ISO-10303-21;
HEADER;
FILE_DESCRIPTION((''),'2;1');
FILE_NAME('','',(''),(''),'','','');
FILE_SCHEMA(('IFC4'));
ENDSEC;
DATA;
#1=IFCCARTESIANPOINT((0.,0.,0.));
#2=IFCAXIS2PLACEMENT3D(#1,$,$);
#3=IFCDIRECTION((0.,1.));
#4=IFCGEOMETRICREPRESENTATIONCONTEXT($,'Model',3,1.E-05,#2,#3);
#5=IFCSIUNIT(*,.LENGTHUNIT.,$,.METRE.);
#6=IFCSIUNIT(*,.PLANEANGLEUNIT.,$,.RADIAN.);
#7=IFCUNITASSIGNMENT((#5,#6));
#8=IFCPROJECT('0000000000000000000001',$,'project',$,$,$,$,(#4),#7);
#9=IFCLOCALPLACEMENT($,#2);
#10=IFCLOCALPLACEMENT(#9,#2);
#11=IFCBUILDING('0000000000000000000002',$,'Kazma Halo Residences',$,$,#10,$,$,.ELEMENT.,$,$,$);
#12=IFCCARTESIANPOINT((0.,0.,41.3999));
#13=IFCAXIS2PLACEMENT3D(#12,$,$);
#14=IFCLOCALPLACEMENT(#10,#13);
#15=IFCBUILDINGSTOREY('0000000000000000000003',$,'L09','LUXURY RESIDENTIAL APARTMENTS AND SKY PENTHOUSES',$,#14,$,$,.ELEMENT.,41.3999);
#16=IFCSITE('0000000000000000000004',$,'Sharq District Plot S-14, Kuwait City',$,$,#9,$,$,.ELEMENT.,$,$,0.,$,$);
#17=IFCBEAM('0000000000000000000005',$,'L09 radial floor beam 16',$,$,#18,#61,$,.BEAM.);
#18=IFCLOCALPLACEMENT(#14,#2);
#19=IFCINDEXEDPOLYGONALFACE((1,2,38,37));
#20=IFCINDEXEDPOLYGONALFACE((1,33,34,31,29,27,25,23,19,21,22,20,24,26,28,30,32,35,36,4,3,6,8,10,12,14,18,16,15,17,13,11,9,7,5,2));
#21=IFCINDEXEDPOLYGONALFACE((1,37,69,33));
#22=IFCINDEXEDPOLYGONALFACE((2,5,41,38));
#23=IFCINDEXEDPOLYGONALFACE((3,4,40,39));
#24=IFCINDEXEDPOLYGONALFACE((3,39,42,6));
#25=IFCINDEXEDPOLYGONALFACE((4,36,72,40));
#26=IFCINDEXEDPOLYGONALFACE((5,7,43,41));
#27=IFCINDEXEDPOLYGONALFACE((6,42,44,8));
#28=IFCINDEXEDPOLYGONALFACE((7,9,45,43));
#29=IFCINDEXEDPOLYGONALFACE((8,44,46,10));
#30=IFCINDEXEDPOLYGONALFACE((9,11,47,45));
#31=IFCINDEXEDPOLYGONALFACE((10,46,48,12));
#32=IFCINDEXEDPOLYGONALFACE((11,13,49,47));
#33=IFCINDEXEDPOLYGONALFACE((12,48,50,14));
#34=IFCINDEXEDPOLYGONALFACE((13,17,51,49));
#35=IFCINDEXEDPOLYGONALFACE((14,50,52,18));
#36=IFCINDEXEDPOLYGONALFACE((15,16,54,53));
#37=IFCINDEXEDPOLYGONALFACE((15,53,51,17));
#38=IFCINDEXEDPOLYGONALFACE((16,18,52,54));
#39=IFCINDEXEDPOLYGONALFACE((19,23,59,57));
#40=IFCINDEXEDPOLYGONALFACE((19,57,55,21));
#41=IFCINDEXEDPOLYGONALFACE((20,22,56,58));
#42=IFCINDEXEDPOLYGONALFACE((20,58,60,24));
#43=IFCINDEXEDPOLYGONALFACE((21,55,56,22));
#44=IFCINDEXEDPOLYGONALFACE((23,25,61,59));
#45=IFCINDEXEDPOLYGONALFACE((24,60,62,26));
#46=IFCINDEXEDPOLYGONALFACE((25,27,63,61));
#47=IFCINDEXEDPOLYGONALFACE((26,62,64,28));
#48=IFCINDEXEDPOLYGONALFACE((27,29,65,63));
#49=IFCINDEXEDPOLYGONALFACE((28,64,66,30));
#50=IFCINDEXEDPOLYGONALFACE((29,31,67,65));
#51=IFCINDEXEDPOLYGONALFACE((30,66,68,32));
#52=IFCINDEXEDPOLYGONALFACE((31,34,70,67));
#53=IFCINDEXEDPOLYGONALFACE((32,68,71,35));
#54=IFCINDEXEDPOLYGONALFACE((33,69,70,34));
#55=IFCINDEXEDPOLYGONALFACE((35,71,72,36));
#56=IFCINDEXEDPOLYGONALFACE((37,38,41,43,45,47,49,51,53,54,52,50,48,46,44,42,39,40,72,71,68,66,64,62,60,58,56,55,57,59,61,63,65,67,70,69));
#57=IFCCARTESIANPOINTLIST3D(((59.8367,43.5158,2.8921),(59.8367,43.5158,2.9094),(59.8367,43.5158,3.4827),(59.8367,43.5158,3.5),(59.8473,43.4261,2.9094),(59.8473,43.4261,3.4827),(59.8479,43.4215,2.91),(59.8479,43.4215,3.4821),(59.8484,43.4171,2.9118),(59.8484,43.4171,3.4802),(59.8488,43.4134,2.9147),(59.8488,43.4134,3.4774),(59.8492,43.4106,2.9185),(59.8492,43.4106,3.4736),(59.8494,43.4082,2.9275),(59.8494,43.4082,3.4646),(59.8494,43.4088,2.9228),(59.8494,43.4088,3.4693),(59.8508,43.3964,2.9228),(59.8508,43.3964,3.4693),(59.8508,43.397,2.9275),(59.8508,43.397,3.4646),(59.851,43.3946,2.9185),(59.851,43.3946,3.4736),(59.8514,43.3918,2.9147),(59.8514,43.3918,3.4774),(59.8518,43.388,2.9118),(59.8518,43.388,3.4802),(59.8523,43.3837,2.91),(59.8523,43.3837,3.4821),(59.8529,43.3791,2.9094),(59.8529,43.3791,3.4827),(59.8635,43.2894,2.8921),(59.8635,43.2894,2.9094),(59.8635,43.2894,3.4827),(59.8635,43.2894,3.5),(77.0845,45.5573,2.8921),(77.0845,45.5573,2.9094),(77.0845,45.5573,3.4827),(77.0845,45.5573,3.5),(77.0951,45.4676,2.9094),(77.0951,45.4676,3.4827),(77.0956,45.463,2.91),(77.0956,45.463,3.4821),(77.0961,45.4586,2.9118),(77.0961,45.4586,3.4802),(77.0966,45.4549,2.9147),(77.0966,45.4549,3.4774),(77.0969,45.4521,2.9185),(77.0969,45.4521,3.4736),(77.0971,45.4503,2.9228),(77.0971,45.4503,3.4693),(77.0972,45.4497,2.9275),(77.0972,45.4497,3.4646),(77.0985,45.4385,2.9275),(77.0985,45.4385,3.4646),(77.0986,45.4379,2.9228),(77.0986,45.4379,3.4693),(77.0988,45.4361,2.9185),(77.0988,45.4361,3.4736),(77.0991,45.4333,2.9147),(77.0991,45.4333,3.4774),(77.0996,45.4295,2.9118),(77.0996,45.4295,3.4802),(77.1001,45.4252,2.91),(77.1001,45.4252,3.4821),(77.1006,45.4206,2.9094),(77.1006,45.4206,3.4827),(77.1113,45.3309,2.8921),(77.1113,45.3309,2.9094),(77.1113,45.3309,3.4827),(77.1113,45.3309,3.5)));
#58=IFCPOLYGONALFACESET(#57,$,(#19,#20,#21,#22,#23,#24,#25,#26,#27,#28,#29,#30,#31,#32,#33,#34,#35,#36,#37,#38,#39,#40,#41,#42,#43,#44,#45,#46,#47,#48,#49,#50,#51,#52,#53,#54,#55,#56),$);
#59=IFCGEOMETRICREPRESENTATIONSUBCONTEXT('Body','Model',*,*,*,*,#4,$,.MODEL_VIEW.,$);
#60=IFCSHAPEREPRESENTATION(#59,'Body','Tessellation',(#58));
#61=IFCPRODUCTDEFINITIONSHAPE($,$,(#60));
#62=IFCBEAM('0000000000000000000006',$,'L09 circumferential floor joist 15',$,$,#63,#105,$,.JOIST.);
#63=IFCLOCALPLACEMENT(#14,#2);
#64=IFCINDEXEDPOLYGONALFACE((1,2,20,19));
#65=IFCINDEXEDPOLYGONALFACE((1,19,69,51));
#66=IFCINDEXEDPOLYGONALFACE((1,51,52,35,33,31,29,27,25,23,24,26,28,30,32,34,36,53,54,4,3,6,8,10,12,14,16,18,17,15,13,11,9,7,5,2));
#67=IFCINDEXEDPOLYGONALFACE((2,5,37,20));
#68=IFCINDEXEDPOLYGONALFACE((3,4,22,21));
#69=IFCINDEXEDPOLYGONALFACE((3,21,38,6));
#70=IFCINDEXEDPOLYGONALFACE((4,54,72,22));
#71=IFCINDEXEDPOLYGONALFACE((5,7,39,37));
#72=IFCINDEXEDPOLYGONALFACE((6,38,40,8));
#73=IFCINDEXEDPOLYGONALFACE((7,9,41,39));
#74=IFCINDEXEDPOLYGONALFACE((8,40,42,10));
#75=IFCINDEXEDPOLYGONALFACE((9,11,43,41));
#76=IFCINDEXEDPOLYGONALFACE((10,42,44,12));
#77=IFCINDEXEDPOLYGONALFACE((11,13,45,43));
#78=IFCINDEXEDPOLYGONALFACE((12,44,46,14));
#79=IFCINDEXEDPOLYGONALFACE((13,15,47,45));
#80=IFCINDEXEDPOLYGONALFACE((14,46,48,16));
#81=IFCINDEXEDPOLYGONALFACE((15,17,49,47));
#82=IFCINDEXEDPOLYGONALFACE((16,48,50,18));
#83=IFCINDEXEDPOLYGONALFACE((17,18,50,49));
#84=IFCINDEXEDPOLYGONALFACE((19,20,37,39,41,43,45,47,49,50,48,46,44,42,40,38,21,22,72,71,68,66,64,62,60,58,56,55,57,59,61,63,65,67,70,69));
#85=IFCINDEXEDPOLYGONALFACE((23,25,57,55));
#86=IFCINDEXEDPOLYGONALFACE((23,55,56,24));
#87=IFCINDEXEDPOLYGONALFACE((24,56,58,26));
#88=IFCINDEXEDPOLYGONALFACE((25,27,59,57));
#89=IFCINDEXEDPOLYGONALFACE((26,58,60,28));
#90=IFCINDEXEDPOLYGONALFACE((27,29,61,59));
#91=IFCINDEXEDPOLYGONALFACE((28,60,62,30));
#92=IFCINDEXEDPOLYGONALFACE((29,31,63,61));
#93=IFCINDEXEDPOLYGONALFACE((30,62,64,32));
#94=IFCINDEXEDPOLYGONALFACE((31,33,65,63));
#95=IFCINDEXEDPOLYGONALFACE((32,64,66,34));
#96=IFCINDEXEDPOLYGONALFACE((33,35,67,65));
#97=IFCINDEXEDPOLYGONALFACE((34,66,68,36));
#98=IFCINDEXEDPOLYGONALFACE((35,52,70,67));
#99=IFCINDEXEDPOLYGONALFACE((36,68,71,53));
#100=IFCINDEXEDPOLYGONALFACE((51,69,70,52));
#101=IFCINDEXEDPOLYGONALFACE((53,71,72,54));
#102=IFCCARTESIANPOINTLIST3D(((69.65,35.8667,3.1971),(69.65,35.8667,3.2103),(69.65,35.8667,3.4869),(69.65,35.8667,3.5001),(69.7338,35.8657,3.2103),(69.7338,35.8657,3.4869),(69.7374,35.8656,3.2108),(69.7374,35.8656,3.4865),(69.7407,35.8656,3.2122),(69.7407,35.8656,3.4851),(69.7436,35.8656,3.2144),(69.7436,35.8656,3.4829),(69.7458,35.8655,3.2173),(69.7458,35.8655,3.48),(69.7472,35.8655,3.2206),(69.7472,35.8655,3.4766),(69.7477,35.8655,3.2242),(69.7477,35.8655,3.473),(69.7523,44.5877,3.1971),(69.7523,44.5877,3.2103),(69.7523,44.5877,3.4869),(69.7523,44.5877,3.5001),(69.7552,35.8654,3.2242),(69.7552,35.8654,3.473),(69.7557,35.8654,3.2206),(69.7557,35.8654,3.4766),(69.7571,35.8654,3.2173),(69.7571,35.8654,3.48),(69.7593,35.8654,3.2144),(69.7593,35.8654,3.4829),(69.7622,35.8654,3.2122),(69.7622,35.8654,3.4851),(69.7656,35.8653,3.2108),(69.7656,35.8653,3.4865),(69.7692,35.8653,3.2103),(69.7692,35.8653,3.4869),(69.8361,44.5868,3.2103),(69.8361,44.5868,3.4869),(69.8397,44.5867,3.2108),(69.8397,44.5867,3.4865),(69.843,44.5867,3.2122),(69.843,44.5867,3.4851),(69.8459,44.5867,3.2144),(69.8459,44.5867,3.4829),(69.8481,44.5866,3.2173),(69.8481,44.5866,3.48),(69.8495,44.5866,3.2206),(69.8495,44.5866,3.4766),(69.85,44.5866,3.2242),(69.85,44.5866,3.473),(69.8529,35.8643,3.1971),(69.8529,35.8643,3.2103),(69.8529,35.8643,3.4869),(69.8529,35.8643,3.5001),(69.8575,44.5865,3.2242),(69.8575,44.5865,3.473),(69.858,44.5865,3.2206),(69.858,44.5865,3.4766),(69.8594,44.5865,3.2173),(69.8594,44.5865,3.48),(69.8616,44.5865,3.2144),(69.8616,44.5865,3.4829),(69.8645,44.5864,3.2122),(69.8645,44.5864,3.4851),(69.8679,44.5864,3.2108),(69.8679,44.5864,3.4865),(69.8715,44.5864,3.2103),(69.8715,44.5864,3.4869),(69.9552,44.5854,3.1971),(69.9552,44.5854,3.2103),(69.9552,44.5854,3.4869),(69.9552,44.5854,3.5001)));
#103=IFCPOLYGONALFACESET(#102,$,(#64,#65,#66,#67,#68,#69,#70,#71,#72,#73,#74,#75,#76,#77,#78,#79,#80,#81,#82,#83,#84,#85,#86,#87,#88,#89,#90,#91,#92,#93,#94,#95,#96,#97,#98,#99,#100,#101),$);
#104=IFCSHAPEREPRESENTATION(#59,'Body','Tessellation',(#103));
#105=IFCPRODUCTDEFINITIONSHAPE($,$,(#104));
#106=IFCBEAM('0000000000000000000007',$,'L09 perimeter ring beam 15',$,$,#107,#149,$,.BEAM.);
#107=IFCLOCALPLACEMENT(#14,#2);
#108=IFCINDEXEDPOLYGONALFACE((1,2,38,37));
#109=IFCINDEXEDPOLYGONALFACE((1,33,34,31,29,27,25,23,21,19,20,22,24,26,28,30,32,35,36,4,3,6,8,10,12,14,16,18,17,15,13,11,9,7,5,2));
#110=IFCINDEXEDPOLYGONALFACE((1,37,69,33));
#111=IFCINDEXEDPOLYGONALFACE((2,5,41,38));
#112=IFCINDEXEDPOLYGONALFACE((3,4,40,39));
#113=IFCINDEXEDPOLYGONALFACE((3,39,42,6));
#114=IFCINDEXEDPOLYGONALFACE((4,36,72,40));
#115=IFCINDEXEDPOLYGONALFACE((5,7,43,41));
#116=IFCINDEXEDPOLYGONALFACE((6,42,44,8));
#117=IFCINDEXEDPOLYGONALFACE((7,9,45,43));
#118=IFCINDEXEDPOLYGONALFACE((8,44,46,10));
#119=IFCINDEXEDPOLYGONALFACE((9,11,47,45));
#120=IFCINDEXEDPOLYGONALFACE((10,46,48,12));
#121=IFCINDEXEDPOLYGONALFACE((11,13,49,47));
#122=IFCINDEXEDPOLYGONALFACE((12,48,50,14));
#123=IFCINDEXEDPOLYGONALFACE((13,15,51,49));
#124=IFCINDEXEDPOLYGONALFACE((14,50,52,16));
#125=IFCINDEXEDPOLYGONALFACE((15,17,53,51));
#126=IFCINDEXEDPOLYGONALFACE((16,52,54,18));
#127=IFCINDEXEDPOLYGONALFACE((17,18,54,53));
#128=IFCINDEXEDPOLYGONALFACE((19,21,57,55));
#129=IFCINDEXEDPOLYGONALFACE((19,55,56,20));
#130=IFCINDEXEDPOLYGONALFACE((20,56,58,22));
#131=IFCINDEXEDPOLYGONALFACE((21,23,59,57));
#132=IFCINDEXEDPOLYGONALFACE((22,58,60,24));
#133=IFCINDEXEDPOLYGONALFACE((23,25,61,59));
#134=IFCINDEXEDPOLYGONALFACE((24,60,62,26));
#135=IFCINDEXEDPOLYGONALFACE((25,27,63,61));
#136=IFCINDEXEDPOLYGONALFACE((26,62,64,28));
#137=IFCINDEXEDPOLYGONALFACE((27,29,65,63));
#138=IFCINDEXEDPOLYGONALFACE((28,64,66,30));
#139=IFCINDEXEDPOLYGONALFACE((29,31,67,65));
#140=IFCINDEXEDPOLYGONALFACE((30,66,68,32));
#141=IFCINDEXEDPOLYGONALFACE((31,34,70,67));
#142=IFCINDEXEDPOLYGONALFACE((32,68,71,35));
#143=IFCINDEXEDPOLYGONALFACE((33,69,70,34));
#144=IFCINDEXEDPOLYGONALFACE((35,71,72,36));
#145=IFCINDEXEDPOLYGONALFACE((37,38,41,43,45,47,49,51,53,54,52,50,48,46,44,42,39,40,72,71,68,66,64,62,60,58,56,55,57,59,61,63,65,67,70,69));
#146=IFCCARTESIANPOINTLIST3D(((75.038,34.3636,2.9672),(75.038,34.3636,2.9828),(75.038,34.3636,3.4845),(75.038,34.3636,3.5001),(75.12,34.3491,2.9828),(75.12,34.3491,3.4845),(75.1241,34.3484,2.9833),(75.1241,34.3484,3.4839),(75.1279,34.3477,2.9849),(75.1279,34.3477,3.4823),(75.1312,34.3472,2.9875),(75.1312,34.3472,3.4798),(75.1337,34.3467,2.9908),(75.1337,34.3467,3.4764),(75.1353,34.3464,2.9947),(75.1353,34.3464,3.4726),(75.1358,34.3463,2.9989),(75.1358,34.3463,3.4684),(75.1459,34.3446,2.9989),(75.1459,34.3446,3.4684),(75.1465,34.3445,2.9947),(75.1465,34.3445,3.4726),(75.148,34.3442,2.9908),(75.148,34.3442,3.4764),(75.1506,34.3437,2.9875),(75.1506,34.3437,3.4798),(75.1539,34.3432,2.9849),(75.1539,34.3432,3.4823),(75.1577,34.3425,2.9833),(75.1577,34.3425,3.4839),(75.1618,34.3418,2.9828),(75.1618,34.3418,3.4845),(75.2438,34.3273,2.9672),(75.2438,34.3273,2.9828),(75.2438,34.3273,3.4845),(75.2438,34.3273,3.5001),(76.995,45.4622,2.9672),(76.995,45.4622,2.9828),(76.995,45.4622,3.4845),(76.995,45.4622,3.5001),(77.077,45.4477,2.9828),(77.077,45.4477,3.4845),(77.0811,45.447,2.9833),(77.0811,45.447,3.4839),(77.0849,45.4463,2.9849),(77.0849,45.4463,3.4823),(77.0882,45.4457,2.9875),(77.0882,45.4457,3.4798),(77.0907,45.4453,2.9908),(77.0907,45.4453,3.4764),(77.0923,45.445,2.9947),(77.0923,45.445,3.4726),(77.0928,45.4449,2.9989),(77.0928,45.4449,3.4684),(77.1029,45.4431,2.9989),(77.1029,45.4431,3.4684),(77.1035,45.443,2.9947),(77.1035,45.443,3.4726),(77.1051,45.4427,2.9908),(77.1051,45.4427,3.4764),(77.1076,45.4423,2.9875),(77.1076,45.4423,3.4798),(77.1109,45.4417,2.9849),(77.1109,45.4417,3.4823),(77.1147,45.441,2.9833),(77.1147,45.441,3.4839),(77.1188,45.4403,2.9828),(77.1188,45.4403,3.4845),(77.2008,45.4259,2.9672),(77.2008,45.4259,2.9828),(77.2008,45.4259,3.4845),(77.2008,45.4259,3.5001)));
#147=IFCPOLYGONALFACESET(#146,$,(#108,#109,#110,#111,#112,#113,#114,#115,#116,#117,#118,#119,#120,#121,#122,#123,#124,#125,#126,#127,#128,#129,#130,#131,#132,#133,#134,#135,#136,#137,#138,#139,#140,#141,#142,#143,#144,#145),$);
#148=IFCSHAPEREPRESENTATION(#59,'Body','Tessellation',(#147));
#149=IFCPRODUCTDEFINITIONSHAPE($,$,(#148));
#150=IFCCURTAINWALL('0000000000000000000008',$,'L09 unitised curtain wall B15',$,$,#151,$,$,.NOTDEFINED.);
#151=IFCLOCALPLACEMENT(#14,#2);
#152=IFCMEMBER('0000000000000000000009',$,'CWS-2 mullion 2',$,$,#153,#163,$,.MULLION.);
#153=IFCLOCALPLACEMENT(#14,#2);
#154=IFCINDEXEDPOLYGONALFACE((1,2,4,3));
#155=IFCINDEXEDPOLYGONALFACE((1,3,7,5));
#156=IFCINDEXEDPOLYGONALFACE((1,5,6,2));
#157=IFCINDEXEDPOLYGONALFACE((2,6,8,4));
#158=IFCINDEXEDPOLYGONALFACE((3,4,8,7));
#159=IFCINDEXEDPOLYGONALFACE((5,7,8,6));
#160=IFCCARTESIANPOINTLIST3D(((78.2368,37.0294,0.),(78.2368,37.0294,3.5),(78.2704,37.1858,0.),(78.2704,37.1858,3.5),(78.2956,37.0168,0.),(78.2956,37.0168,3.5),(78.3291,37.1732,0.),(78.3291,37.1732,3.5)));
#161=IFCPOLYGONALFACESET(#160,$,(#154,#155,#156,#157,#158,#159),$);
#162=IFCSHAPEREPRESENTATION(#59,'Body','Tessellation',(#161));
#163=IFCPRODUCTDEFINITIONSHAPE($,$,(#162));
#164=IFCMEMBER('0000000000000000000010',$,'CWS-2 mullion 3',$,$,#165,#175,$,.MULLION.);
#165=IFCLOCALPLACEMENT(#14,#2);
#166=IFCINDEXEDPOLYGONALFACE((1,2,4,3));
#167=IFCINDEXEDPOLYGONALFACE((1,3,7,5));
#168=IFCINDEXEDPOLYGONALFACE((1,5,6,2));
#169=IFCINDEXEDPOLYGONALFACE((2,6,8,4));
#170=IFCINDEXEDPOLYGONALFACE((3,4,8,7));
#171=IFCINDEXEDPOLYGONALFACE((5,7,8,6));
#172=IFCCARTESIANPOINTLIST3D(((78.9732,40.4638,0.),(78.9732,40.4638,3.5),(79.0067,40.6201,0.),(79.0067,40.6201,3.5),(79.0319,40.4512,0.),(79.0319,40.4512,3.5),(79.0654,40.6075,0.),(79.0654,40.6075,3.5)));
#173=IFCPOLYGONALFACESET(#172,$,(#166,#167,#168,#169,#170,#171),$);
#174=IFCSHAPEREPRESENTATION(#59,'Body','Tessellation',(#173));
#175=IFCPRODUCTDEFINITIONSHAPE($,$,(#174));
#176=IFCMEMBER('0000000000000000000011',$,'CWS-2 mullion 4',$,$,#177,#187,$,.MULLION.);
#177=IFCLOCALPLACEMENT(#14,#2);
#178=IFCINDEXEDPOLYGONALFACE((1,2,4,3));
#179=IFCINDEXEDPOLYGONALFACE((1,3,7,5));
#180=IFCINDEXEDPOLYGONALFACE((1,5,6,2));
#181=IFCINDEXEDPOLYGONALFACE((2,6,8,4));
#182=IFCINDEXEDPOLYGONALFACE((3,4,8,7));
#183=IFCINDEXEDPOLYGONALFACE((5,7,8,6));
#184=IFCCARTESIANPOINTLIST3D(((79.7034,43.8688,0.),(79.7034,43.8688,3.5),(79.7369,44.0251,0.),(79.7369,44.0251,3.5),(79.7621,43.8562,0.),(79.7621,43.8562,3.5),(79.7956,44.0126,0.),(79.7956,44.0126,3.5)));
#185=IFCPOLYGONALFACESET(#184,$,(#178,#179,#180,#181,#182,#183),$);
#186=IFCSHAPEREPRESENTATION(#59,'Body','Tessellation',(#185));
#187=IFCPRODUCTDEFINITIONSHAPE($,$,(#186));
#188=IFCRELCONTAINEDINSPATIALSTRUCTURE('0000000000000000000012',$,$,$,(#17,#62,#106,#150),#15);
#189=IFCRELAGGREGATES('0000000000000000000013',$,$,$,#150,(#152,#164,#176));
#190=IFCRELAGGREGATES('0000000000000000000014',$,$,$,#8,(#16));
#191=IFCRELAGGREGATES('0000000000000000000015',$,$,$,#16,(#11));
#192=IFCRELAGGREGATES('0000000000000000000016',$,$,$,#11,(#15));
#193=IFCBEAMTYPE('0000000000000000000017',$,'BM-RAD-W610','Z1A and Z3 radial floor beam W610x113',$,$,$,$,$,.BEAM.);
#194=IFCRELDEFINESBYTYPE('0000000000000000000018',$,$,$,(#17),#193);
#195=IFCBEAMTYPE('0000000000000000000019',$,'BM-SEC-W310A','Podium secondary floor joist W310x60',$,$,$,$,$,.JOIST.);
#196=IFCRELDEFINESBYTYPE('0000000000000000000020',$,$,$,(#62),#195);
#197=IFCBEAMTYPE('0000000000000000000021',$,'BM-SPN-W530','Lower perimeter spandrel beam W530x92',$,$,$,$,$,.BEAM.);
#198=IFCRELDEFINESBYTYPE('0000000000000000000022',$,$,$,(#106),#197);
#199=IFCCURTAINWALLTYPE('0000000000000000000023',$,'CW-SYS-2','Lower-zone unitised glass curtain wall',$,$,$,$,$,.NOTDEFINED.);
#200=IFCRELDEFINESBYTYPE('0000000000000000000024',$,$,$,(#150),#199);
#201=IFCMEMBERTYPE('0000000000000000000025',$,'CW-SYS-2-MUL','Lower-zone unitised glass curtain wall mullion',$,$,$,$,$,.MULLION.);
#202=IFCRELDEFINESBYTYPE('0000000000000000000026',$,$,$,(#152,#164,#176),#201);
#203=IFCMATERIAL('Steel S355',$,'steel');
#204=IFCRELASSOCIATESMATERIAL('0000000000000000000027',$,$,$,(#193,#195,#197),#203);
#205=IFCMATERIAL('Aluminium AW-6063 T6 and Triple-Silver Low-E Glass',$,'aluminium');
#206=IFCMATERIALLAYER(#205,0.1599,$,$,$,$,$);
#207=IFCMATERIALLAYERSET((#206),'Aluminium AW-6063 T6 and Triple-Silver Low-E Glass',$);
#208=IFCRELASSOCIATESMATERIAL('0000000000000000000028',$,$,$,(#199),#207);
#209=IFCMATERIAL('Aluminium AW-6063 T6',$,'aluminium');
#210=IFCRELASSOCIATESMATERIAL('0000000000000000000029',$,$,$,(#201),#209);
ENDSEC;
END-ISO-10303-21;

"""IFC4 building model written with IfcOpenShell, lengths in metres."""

from ifc_helpers import new_model, si_unit, direction, frame, origin, origin_2d, place, context, subcontext, project, spatial, rectangle, i_section, extrude, material, layer, layer_set, material_profile, profile_set, type_object, element, aggregate, save


model = new_model("IFC4")

# Units and contexts
model_context = context("Model", 3, precision=1e-05, world=origin(), true_north=direction((0.0, 1.0)))
body_context = subcontext(model_context, "Body", "Model", "MODEL_VIEW")
ifc_project = project(units=[si_unit("LENGTHUNIT", "METRE"), si_unit("PLANEANGLEUNIT", "RADIAN")], contexts=[model_context])

# Site, building, storey
site_placement = place(None, origin())
site = spatial("IfcSite", under=ifc_project, at=site_placement, Name="Sharq District Plot S-14, Kuwait City", CompositionType="ELEMENT", RefElevation=0.0)
building_placement = place(site_placement, origin())
building = spatial("IfcBuilding", under=site, at=building_placement, Name="Kazma Halo Residences", CompositionType="ELEMENT")
storey_placement = place(building_placement, frame((0.0, 0.0, 41.3999)))
storey = spatial("IfcBuildingStorey", under=building, at=storey_placement, Name="L09", Description="LUXURY RESIDENTIAL APARTMENTS AND SKY PENTHOUSES", CompositionType="ELEMENT", Elevation=41.3999)

# Beams
ifc_material_1 = material(Name="Steel S355", Category="steel")
ifc_material_profile_1 = material_profile(ifc_material_1, i_section(OverallWidth=0.228, OverallDepth=0.6079, WebThickness=0.0112, FlangeThickness=0.0173, FilletRadius=0.0181, at=origin_2d()), Name="W610x113")
ifc_profile_set_1 = profile_set([ifc_material_profile_1], Name="Steel S355")
beam_type_1 = type_object("IfcBeamType", Name="BM-RAD-W610", Description="Z1A and Z3 radial floor beam W610x113", PredefinedType="BEAM", material=ifc_profile_set_1)
beam_1_placement = place(storey_placement, frame((59.8501, 43.4026, 3.196), z_axis=(0.993068, 0.117543, 0.0), x_axis=(-0.117543, 0.993068, 0.0)))
element("IfcBeam", 1, at=beam_1_placement, inside=storey, type_object=beam_type_1, Name="L09 radial floor beam 16", PredefinedType="BEAM", context=body_context, shape_type="SweptSolid", body=[
    extrude(i_section(OverallWidth=0.228, OverallDepth=0.6079, WebThickness=0.0112, FlangeThickness=0.0173, FilletRadius=0.0181, at=origin_2d()), origin(), (0.0, 0.0, 1.0), 17.3682),
])
ifc_material_profile_2 = material_profile(ifc_material_1, i_section(OverallWidth=0.2029, OverallDepth=0.303, WebThickness=0.0076, FlangeThickness=0.0132, FilletRadius=0.0139, at=origin_2d()), Name="W310x60")
ifc_profile_set_2 = profile_set([ifc_material_profile_2], Name="Steel S355")
beam_type_2 = type_object("IfcBeamType", Name="BM-SEC-W310A", Description="Podium secondary floor joist W310x60", PredefinedType="JOIST", material=ifc_profile_set_2)
beam_2_placement = place(storey_placement, frame((69.7515, 35.8655, 3.3486), z_axis=(0.011729, 0.999931, 0.0), x_axis=(-0.999931, 0.011729, 0.0)))
element("IfcBeam", 2, at=beam_2_placement, inside=storey, type_object=beam_type_2, Name="L09 circumferential floor joist 15", PredefinedType="JOIST", context=body_context, shape_type="SweptSolid", body=[
    extrude(i_section(OverallWidth=0.2029, OverallDepth=0.303, WebThickness=0.0076, FlangeThickness=0.0132, FilletRadius=0.0139, at=origin_2d()), origin(), (0.0, 0.0, 1.0), 8.7217),
])
ifc_material_profile_3 = material_profile(ifc_material_1, i_section(OverallWidth=0.209, OverallDepth=0.533, WebThickness=0.0103, FlangeThickness=0.0156, FilletRadius=0.0161, at=origin_2d()), Name="W530x92")
ifc_profile_set_3 = profile_set([ifc_material_profile_3], Name="Steel S355")
beam_type_3 = type_object("IfcBeamType", Name="BM-SPN-W530", Description="Lower perimeter spandrel beam W530x92", PredefinedType="BEAM", material=ifc_profile_set_3)
beam_3_placement = place(storey_placement, frame((75.1409, 34.3455, 3.2336), z_axis=(0.173652, 0.984807, 0.0), x_axis=(-0.984807, 0.173652, 0.0)))
element("IfcBeam", 3, at=beam_3_placement, inside=storey, type_object=beam_type_3, Name="L09 perimeter ring beam 15", PredefinedType="BEAM", context=body_context, shape_type="SweptSolid", body=[
    extrude(i_section(OverallWidth=0.209, OverallDepth=0.533, WebThickness=0.0103, FlangeThickness=0.0156, FilletRadius=0.0161, at=origin_2d()), origin(), (0.0, 0.0, 1.0), 11.2698),
])

# Curtain wall, members
ifc_material_2 = material(Name="Aluminium AW-6063 T6 and Triple-Silver Low-E Glass", Category="aluminium")
ifc_layer_1 = layer(ifc_material_2, 0.1599)
ifc_layer_set_1 = layer_set([ifc_layer_1], Name="Aluminium AW-6063 T6 and Triple-Silver Low-E Glass")
curtain_wall_type = type_object("IfcCurtainWallType", Name="CW-SYS-2", Description="Lower-zone unitised glass curtain wall", PredefinedType="NOTDEFINED", material=ifc_layer_set_1)
curtain_wall_placement = place(storey_placement, origin())
curtain_wall = element("IfcCurtainWall", 4, at=curtain_wall_placement, inside=storey, type_object=curtain_wall_type, Name="L09 unitised curtain wall B15", PredefinedType="NOTDEFINED")
ifc_material_3 = material(Name="Aluminium AW-6063 T6", Category="aluminium")
ifc_material_profile_4 = material_profile(ifc_material_3, rectangle(XDim=0.0601, YDim=0.1599, at=origin_2d()), Name="CWM-60x160")
ifc_profile_set_4 = profile_set([ifc_material_profile_4], Name="Aluminium AW-6063 T6")
member_type_1 = type_object("IfcMemberType", Name="CW-SYS-2-MUL", Description="Lower-zone unitised glass curtain wall mullion", PredefinedType="MULLION", material=ifc_profile_set_4)
member_1_placement = place(storey_placement, frame((78.283, 37.1013, 0.0), z_axis=(0.0, 0.0, 1.0), x_axis=(-0.977779, 0.209637, 0.0)))
member_1 = element("IfcMember", 5, at=member_1_placement, type_object=member_type_1, Name="CWS-2 mullion 2", PredefinedType="MULLION", context=body_context, shape_type="SweptSolid", body=[
    extrude(rectangle(XDim=0.0601, YDim=0.1599, at=origin_2d()), origin(), (0.0, 0.0, 1.0), 3.5),
])
member_2_placement = place(storey_placement, frame((79.0193, 40.5356, 0.0), z_axis=(0.0, 0.0, 1.0), x_axis=(-0.977779, 0.209637, 0.0)))
member_2 = element("IfcMember", 6, at=member_2_placement, type_object=member_type_1, Name="CWS-2 mullion 3", PredefinedType="MULLION", context=body_context, shape_type="SweptSolid", body=[
    extrude(rectangle(XDim=0.0601, YDim=0.1599, at=origin_2d()), origin(), (0.0, 0.0, 1.0), 3.5),
])
member_3_placement = place(storey_placement, frame((79.7495, 43.9407, 0.0), z_axis=(0.0, 0.0, 1.0), x_axis=(-0.977779, 0.209637, 0.0)))
member_3 = element("IfcMember", 7, at=member_3_placement, type_object=member_type_1, Name="CWS-2 mullion 4", PredefinedType="MULLION", context=body_context, shape_type="SweptSolid", body=[
    extrude(rectangle(XDim=0.0601, YDim=0.1599, at=origin_2d()), origin(), (0.0, 0.0, 1.0), 3.5),
])
aggregate(curtain_wall, [member_1, member_2, member_3])

save(model, "model.ifc")
